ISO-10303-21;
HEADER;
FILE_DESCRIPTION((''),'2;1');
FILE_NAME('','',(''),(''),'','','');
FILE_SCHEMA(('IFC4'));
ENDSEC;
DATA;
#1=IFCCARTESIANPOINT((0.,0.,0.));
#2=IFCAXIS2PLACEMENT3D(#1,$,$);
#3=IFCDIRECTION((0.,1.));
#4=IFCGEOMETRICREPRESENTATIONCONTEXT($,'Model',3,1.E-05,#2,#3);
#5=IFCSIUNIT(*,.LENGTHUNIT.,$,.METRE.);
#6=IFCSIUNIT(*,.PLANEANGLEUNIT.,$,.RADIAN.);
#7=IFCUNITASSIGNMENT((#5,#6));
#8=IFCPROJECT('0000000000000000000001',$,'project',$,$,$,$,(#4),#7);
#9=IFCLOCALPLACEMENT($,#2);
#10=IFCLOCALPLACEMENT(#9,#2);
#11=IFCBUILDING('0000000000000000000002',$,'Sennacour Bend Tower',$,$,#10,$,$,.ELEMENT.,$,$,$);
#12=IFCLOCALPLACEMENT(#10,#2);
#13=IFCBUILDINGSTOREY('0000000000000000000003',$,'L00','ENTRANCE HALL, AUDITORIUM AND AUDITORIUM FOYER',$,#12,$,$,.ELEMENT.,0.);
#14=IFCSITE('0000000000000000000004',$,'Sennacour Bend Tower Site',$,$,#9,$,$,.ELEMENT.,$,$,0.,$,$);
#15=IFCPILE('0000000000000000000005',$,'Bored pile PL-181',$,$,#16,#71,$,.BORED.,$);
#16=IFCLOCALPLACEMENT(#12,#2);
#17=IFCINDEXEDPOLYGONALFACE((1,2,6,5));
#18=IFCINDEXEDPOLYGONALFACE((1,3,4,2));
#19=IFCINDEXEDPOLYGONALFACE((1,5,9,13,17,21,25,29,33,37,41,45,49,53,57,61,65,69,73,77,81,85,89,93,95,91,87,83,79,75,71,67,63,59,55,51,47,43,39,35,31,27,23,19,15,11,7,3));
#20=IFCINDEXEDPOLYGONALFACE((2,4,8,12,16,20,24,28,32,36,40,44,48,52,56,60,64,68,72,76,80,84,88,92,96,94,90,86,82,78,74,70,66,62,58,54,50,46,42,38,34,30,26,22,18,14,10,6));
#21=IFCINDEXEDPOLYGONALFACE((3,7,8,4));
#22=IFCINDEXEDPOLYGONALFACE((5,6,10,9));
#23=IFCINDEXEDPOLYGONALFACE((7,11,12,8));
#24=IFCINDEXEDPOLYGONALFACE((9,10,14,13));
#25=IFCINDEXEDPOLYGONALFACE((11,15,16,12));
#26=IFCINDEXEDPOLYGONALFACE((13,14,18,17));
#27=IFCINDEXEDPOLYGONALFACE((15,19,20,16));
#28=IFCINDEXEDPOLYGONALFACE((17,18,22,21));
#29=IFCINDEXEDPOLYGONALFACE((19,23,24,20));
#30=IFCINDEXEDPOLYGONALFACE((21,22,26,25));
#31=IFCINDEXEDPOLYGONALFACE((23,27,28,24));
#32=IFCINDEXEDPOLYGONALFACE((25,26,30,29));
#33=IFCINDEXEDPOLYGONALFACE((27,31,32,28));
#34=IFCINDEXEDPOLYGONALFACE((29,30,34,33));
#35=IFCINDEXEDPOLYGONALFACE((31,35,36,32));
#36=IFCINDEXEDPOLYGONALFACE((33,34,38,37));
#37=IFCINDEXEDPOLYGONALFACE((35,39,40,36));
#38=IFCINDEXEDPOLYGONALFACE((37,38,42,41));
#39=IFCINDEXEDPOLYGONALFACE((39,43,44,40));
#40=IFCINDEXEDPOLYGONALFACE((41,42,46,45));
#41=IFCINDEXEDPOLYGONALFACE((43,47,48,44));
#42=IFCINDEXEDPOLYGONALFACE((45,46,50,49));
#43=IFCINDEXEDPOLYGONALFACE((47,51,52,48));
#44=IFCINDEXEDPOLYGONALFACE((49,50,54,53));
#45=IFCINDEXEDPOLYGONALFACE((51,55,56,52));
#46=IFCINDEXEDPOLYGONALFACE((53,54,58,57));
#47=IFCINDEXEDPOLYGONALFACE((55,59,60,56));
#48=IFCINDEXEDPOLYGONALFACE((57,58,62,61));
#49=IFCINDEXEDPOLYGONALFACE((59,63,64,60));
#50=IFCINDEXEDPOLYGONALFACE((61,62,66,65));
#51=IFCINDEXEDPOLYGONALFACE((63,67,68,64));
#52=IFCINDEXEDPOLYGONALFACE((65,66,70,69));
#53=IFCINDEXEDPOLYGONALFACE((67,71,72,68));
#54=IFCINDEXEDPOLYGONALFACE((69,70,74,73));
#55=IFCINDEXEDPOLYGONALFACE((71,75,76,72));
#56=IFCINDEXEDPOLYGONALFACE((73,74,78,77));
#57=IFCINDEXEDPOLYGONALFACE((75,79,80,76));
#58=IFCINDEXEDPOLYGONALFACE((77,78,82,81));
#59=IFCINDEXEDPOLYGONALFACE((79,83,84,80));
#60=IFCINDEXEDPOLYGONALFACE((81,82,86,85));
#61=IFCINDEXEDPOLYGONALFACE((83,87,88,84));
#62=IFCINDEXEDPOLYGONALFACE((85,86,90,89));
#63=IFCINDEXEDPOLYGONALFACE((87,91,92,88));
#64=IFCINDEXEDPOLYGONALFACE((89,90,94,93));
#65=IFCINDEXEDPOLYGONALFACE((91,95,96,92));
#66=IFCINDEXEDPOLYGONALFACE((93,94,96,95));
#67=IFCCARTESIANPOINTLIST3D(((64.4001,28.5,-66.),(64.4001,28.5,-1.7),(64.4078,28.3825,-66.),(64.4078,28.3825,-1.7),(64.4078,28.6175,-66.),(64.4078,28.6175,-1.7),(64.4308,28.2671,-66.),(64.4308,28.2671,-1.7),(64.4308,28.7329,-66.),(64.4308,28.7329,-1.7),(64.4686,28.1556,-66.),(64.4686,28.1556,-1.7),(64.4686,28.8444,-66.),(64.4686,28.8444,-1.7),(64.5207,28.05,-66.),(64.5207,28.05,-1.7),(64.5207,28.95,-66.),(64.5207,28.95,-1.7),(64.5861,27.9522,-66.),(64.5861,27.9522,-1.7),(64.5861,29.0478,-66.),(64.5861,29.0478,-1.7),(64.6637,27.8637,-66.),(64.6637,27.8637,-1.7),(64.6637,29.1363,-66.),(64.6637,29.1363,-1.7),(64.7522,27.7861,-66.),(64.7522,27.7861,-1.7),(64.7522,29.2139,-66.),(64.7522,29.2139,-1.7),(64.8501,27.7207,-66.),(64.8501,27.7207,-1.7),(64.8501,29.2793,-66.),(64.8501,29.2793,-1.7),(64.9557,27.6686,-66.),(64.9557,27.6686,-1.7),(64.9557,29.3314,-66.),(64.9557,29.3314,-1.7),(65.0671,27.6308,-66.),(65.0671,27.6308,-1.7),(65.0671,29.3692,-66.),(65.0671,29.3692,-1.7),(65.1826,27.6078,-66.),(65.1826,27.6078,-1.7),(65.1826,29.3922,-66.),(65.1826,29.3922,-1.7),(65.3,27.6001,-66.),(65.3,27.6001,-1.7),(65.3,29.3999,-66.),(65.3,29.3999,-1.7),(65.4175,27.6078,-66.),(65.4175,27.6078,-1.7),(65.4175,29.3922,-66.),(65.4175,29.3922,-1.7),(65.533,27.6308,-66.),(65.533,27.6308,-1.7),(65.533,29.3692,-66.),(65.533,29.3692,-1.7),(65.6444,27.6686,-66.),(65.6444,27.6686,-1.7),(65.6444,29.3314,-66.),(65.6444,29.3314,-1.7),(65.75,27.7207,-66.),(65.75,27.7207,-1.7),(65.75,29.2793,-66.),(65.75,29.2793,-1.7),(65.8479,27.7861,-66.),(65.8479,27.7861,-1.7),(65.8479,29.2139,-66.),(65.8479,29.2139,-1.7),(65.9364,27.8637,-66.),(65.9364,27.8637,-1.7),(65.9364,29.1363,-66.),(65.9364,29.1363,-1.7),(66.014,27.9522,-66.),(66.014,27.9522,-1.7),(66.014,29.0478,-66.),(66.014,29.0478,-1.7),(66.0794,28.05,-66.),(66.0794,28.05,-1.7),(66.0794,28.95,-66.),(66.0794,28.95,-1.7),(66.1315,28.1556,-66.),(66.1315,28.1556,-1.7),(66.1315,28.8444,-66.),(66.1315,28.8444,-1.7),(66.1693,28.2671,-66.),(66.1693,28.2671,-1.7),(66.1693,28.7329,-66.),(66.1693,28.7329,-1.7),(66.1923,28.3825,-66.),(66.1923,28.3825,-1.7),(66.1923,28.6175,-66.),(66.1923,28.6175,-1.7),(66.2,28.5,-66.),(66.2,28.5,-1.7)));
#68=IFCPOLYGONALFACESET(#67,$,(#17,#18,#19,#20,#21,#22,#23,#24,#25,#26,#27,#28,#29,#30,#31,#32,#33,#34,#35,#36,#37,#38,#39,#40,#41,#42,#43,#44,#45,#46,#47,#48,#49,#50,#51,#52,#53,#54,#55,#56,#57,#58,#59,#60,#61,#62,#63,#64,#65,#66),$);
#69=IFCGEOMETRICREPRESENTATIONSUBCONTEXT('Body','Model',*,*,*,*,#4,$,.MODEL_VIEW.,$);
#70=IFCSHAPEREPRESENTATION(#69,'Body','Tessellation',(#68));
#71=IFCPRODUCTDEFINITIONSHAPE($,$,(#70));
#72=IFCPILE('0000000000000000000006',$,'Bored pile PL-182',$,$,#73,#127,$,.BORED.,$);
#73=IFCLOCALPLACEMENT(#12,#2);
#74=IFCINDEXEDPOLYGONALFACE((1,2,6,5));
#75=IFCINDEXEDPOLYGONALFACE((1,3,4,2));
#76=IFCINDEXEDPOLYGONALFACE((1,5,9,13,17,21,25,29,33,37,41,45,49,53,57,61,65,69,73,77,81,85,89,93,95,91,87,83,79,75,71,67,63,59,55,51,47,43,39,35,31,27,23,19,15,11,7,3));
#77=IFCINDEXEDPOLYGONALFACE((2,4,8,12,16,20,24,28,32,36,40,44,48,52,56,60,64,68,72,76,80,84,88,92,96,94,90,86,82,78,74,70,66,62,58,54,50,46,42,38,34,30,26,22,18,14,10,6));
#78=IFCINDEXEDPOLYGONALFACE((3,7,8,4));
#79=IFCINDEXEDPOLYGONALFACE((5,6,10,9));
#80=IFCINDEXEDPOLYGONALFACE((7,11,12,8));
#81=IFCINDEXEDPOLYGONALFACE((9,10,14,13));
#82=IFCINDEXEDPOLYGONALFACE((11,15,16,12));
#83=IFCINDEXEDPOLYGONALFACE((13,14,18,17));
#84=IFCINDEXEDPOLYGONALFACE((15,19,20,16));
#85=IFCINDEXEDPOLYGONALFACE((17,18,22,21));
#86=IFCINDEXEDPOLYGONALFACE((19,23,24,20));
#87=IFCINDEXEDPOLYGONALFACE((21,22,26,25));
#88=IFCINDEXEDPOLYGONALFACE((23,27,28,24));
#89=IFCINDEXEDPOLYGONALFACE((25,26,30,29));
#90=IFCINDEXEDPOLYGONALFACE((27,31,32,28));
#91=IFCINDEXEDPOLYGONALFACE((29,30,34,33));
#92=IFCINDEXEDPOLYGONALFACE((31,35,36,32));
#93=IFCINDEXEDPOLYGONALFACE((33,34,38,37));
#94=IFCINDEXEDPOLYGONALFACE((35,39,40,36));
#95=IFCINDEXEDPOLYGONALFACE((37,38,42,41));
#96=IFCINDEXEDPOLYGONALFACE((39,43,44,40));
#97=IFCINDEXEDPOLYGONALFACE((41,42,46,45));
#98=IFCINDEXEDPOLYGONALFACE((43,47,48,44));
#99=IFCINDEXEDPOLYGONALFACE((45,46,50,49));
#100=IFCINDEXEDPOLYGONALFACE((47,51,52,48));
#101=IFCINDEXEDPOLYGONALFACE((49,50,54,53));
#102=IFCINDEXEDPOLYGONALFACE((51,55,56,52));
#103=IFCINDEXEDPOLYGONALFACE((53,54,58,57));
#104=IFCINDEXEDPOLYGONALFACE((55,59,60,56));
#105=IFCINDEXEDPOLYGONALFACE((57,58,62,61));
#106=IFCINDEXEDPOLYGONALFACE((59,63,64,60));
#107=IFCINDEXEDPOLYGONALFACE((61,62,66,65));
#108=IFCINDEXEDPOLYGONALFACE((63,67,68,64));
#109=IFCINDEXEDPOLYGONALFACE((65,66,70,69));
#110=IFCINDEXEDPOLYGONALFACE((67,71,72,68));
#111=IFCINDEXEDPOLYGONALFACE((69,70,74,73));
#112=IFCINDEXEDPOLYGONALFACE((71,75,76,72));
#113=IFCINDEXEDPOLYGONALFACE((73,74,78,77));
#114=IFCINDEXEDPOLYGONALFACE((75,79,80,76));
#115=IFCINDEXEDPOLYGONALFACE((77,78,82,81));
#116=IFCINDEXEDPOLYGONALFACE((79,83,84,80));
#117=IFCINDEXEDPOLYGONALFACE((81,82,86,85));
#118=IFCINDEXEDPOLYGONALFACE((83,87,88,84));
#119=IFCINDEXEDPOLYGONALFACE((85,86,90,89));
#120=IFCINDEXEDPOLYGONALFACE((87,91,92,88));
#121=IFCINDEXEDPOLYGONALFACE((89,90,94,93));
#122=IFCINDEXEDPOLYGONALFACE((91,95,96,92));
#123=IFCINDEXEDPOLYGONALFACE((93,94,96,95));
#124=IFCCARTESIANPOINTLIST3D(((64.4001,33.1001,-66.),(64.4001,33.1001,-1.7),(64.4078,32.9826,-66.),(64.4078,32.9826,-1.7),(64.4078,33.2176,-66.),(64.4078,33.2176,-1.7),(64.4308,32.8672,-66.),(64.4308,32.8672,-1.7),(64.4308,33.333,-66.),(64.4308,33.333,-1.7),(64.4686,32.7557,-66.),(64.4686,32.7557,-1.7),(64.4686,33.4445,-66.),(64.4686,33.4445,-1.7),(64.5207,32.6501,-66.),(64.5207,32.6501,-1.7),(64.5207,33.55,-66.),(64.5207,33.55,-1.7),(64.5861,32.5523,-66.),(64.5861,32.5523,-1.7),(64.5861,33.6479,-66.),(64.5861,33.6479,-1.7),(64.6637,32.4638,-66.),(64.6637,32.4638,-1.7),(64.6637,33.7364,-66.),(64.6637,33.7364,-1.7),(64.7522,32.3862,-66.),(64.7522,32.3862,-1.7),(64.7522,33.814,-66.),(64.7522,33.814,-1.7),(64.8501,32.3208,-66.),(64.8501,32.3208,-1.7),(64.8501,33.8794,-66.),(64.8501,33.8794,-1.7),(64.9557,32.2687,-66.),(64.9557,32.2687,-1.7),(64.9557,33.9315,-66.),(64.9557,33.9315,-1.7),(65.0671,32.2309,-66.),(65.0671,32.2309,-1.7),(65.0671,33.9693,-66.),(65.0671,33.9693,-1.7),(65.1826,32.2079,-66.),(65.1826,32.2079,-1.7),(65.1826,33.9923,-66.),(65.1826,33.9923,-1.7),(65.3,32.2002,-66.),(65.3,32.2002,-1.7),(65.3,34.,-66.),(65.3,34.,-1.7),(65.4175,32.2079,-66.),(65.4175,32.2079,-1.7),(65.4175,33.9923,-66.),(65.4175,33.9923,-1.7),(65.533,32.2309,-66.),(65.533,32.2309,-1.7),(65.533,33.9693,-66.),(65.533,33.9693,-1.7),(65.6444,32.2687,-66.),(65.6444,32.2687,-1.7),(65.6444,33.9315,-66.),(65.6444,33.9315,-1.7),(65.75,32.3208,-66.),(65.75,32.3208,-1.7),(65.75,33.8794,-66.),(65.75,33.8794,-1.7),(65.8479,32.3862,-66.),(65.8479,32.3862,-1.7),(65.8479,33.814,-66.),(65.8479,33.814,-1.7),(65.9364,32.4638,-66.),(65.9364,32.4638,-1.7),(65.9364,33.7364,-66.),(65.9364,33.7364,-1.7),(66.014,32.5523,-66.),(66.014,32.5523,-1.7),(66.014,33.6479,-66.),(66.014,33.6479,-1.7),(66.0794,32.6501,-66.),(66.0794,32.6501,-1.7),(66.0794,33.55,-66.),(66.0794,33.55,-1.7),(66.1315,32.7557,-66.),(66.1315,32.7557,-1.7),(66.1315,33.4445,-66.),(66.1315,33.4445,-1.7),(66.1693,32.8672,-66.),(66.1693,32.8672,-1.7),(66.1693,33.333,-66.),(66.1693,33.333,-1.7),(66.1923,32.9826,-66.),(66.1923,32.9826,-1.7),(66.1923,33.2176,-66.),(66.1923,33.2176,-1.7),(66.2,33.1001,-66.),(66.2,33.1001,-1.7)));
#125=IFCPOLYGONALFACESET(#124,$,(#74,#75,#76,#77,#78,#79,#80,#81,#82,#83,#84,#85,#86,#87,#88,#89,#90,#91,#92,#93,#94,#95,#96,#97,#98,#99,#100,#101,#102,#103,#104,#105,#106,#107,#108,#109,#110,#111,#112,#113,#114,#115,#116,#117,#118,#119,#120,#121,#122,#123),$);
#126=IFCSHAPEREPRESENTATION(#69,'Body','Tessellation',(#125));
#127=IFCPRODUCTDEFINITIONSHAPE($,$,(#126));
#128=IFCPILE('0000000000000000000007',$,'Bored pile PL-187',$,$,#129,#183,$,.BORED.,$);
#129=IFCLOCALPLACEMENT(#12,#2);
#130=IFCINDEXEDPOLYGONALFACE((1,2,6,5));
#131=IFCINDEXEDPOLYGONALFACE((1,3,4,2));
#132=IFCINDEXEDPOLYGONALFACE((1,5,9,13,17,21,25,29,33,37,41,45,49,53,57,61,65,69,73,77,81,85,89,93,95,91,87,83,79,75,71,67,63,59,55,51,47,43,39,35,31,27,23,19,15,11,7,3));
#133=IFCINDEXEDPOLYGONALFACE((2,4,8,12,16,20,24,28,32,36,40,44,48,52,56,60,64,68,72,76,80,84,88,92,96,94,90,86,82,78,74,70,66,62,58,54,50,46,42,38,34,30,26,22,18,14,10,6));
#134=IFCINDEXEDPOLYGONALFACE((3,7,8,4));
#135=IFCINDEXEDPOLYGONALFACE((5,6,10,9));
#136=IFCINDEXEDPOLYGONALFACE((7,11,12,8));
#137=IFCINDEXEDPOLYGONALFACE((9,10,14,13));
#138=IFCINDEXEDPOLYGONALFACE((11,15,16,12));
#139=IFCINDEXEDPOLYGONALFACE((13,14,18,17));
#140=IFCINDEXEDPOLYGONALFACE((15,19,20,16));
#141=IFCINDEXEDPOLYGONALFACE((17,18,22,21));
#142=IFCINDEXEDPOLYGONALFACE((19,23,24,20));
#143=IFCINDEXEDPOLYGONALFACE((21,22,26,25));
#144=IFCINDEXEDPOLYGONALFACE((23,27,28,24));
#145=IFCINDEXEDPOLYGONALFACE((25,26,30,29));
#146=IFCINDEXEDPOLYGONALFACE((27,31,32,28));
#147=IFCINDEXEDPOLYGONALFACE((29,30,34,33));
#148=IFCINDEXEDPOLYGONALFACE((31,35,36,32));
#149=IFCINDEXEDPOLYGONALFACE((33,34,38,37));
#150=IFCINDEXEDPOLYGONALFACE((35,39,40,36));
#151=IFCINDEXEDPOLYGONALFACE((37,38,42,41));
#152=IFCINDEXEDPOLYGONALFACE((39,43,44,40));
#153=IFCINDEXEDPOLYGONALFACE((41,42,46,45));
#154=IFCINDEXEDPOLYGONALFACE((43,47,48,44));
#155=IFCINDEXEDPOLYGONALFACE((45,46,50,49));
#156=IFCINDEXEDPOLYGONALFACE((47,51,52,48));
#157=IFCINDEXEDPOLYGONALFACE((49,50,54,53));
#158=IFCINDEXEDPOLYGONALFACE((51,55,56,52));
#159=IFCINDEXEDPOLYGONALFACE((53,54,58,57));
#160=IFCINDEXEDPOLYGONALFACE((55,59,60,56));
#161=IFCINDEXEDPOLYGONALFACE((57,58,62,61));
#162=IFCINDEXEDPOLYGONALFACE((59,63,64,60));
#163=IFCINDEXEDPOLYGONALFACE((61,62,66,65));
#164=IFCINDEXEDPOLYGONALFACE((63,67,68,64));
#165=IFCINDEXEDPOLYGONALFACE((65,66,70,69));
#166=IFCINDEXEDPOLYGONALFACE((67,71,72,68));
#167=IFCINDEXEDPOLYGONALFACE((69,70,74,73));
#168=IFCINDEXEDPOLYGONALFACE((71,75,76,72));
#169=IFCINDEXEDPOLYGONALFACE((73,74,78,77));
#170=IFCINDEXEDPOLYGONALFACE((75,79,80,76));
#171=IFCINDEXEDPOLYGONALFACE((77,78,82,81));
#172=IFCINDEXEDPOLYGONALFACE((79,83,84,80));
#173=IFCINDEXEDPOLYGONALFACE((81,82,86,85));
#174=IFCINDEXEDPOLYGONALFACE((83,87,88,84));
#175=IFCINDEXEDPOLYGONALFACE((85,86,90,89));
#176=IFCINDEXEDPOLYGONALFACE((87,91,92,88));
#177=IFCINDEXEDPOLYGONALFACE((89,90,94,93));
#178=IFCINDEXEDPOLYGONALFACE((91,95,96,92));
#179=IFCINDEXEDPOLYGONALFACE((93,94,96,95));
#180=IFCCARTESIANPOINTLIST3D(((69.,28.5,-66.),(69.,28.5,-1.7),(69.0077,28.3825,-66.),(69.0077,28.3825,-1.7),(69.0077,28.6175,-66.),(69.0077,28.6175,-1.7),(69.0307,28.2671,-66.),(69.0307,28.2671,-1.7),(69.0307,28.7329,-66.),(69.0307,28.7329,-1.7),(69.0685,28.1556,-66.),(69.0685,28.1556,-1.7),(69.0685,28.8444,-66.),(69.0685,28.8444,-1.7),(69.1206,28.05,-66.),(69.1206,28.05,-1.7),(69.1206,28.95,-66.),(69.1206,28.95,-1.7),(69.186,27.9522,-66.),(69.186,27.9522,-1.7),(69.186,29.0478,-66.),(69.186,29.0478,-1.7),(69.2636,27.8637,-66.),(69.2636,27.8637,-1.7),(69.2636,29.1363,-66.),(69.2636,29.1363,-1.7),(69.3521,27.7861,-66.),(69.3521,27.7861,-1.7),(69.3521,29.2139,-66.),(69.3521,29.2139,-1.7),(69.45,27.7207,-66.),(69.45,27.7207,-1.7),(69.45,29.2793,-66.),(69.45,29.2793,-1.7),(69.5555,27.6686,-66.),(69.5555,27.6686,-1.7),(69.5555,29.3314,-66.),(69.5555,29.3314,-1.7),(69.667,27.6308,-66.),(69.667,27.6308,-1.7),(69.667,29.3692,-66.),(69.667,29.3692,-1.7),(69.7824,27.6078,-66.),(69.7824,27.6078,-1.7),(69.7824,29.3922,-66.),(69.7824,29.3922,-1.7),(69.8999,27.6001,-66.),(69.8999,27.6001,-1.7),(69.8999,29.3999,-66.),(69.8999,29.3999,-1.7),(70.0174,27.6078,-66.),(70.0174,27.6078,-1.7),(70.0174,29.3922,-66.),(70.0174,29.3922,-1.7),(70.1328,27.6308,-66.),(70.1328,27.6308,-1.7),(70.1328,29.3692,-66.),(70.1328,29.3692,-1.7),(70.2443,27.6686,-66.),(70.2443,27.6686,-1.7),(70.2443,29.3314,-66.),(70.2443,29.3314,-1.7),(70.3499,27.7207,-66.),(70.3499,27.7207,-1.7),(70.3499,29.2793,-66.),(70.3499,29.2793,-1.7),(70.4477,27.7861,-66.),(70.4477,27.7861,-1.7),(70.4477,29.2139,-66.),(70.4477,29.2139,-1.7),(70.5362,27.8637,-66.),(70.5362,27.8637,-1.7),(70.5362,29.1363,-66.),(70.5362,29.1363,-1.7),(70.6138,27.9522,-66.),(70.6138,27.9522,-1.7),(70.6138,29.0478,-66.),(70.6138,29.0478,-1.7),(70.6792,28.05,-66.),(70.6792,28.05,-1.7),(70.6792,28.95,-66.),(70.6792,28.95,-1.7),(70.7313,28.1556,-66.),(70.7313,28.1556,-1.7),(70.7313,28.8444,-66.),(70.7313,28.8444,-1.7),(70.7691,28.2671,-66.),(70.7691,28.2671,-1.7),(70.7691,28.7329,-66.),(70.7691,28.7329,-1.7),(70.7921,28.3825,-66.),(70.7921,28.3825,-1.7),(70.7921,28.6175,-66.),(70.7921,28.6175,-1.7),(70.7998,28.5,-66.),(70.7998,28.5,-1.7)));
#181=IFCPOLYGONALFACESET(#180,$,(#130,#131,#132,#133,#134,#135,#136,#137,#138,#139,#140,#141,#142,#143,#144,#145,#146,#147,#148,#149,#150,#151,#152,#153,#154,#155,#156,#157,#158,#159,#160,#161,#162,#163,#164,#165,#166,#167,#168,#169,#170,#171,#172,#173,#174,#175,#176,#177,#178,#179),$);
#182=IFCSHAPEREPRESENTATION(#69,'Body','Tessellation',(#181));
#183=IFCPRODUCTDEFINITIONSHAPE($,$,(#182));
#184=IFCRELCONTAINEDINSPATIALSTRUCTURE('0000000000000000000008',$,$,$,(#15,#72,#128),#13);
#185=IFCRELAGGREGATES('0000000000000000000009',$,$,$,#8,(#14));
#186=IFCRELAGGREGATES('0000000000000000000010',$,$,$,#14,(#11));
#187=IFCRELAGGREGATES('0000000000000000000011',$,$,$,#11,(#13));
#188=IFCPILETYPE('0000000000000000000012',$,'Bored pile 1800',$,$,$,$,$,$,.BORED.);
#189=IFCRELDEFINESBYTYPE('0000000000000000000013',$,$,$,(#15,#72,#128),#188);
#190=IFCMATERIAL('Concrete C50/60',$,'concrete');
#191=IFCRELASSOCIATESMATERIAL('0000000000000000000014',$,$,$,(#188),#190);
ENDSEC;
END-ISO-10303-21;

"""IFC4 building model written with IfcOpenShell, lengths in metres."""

from ifc_helpers import new_model, si_unit, direction, frame, origin, origin_2d, place, context, subcontext, project, spatial, circle, extrude, material, material_profile, profile_set, type_object, element, save


model = new_model("IFC4")

# Units and contexts
model_context = context("Model", 3, precision=1e-05, world=origin(), true_north=direction((0.0, 1.0)))
body_context = subcontext(model_context, "Body", "Model", "MODEL_VIEW")
ifc_project = project(units=[si_unit("LENGTHUNIT", "METRE"), si_unit("PLANEANGLEUNIT", "RADIAN")], contexts=[model_context])

# Site, building, storey
site_placement = place(None, origin())
site = spatial("IfcSite", under=ifc_project, at=site_placement, Name="Sennacour Bend Tower Site", CompositionType="ELEMENT", RefElevation=0.0)
building_placement = place(site_placement, origin())
building = spatial("IfcBuilding", under=site, at=building_placement, Name="Sennacour Bend Tower", CompositionType="ELEMENT")
storey_placement = place(building_placement, origin())
storey = spatial("IfcBuildingStorey", under=building, at=storey_placement, Name="L00", Description="ENTRANCE HALL, AUDITORIUM AND AUDITORIUM FOYER", CompositionType="ELEMENT", Elevation=0.0)

# Piles
ifc_material_1 = material(Name="Concrete C50/60", Category="concrete")
ifc_material_profile_1 = material_profile(ifc_material_1, circle(Radius=0.8999, at=origin_2d()), Name="Concrete C50/60", Category="concrete")
ifc_profile_set_1 = profile_set([ifc_material_profile_1], Name="Concrete C50/60")
pile_type = type_object("IfcPileType", Name="Bored pile 1800", PredefinedType="BORED", material=ifc_profile_set_1)
for number, where, z_axis, x_axis, name in (
    (1, (65.3, 28.5, -1.7), (0.0, 0.0, -1.0), (1.0, 0.0, 0.0), "Bored pile PL-181"),
    (2, (65.3, 33.1001, -1.7), (0.0, 0.0, -1.0), (1.0, 0.0, 0.0), "Bored pile PL-182"),
    (3, (69.8999, 28.5, -1.7), (0.0, 0.0, -1.0), (1.0, 0.0, 0.0), "Bored pile PL-187"),
):
    element("IfcPile", number, at=place(storey_placement, frame(where, z_axis=z_axis, x_axis=x_axis)), inside=storey, type_object=pile_type, Name=name, PredefinedType="BORED", context=body_context, shape_type="SweptSolid", body=[
        extrude(circle(Radius=0.8999, at=origin_2d()), origin(), (0.0, 0.0, 1.0), 64.3),
    ])

save(model, "model.ifc")
